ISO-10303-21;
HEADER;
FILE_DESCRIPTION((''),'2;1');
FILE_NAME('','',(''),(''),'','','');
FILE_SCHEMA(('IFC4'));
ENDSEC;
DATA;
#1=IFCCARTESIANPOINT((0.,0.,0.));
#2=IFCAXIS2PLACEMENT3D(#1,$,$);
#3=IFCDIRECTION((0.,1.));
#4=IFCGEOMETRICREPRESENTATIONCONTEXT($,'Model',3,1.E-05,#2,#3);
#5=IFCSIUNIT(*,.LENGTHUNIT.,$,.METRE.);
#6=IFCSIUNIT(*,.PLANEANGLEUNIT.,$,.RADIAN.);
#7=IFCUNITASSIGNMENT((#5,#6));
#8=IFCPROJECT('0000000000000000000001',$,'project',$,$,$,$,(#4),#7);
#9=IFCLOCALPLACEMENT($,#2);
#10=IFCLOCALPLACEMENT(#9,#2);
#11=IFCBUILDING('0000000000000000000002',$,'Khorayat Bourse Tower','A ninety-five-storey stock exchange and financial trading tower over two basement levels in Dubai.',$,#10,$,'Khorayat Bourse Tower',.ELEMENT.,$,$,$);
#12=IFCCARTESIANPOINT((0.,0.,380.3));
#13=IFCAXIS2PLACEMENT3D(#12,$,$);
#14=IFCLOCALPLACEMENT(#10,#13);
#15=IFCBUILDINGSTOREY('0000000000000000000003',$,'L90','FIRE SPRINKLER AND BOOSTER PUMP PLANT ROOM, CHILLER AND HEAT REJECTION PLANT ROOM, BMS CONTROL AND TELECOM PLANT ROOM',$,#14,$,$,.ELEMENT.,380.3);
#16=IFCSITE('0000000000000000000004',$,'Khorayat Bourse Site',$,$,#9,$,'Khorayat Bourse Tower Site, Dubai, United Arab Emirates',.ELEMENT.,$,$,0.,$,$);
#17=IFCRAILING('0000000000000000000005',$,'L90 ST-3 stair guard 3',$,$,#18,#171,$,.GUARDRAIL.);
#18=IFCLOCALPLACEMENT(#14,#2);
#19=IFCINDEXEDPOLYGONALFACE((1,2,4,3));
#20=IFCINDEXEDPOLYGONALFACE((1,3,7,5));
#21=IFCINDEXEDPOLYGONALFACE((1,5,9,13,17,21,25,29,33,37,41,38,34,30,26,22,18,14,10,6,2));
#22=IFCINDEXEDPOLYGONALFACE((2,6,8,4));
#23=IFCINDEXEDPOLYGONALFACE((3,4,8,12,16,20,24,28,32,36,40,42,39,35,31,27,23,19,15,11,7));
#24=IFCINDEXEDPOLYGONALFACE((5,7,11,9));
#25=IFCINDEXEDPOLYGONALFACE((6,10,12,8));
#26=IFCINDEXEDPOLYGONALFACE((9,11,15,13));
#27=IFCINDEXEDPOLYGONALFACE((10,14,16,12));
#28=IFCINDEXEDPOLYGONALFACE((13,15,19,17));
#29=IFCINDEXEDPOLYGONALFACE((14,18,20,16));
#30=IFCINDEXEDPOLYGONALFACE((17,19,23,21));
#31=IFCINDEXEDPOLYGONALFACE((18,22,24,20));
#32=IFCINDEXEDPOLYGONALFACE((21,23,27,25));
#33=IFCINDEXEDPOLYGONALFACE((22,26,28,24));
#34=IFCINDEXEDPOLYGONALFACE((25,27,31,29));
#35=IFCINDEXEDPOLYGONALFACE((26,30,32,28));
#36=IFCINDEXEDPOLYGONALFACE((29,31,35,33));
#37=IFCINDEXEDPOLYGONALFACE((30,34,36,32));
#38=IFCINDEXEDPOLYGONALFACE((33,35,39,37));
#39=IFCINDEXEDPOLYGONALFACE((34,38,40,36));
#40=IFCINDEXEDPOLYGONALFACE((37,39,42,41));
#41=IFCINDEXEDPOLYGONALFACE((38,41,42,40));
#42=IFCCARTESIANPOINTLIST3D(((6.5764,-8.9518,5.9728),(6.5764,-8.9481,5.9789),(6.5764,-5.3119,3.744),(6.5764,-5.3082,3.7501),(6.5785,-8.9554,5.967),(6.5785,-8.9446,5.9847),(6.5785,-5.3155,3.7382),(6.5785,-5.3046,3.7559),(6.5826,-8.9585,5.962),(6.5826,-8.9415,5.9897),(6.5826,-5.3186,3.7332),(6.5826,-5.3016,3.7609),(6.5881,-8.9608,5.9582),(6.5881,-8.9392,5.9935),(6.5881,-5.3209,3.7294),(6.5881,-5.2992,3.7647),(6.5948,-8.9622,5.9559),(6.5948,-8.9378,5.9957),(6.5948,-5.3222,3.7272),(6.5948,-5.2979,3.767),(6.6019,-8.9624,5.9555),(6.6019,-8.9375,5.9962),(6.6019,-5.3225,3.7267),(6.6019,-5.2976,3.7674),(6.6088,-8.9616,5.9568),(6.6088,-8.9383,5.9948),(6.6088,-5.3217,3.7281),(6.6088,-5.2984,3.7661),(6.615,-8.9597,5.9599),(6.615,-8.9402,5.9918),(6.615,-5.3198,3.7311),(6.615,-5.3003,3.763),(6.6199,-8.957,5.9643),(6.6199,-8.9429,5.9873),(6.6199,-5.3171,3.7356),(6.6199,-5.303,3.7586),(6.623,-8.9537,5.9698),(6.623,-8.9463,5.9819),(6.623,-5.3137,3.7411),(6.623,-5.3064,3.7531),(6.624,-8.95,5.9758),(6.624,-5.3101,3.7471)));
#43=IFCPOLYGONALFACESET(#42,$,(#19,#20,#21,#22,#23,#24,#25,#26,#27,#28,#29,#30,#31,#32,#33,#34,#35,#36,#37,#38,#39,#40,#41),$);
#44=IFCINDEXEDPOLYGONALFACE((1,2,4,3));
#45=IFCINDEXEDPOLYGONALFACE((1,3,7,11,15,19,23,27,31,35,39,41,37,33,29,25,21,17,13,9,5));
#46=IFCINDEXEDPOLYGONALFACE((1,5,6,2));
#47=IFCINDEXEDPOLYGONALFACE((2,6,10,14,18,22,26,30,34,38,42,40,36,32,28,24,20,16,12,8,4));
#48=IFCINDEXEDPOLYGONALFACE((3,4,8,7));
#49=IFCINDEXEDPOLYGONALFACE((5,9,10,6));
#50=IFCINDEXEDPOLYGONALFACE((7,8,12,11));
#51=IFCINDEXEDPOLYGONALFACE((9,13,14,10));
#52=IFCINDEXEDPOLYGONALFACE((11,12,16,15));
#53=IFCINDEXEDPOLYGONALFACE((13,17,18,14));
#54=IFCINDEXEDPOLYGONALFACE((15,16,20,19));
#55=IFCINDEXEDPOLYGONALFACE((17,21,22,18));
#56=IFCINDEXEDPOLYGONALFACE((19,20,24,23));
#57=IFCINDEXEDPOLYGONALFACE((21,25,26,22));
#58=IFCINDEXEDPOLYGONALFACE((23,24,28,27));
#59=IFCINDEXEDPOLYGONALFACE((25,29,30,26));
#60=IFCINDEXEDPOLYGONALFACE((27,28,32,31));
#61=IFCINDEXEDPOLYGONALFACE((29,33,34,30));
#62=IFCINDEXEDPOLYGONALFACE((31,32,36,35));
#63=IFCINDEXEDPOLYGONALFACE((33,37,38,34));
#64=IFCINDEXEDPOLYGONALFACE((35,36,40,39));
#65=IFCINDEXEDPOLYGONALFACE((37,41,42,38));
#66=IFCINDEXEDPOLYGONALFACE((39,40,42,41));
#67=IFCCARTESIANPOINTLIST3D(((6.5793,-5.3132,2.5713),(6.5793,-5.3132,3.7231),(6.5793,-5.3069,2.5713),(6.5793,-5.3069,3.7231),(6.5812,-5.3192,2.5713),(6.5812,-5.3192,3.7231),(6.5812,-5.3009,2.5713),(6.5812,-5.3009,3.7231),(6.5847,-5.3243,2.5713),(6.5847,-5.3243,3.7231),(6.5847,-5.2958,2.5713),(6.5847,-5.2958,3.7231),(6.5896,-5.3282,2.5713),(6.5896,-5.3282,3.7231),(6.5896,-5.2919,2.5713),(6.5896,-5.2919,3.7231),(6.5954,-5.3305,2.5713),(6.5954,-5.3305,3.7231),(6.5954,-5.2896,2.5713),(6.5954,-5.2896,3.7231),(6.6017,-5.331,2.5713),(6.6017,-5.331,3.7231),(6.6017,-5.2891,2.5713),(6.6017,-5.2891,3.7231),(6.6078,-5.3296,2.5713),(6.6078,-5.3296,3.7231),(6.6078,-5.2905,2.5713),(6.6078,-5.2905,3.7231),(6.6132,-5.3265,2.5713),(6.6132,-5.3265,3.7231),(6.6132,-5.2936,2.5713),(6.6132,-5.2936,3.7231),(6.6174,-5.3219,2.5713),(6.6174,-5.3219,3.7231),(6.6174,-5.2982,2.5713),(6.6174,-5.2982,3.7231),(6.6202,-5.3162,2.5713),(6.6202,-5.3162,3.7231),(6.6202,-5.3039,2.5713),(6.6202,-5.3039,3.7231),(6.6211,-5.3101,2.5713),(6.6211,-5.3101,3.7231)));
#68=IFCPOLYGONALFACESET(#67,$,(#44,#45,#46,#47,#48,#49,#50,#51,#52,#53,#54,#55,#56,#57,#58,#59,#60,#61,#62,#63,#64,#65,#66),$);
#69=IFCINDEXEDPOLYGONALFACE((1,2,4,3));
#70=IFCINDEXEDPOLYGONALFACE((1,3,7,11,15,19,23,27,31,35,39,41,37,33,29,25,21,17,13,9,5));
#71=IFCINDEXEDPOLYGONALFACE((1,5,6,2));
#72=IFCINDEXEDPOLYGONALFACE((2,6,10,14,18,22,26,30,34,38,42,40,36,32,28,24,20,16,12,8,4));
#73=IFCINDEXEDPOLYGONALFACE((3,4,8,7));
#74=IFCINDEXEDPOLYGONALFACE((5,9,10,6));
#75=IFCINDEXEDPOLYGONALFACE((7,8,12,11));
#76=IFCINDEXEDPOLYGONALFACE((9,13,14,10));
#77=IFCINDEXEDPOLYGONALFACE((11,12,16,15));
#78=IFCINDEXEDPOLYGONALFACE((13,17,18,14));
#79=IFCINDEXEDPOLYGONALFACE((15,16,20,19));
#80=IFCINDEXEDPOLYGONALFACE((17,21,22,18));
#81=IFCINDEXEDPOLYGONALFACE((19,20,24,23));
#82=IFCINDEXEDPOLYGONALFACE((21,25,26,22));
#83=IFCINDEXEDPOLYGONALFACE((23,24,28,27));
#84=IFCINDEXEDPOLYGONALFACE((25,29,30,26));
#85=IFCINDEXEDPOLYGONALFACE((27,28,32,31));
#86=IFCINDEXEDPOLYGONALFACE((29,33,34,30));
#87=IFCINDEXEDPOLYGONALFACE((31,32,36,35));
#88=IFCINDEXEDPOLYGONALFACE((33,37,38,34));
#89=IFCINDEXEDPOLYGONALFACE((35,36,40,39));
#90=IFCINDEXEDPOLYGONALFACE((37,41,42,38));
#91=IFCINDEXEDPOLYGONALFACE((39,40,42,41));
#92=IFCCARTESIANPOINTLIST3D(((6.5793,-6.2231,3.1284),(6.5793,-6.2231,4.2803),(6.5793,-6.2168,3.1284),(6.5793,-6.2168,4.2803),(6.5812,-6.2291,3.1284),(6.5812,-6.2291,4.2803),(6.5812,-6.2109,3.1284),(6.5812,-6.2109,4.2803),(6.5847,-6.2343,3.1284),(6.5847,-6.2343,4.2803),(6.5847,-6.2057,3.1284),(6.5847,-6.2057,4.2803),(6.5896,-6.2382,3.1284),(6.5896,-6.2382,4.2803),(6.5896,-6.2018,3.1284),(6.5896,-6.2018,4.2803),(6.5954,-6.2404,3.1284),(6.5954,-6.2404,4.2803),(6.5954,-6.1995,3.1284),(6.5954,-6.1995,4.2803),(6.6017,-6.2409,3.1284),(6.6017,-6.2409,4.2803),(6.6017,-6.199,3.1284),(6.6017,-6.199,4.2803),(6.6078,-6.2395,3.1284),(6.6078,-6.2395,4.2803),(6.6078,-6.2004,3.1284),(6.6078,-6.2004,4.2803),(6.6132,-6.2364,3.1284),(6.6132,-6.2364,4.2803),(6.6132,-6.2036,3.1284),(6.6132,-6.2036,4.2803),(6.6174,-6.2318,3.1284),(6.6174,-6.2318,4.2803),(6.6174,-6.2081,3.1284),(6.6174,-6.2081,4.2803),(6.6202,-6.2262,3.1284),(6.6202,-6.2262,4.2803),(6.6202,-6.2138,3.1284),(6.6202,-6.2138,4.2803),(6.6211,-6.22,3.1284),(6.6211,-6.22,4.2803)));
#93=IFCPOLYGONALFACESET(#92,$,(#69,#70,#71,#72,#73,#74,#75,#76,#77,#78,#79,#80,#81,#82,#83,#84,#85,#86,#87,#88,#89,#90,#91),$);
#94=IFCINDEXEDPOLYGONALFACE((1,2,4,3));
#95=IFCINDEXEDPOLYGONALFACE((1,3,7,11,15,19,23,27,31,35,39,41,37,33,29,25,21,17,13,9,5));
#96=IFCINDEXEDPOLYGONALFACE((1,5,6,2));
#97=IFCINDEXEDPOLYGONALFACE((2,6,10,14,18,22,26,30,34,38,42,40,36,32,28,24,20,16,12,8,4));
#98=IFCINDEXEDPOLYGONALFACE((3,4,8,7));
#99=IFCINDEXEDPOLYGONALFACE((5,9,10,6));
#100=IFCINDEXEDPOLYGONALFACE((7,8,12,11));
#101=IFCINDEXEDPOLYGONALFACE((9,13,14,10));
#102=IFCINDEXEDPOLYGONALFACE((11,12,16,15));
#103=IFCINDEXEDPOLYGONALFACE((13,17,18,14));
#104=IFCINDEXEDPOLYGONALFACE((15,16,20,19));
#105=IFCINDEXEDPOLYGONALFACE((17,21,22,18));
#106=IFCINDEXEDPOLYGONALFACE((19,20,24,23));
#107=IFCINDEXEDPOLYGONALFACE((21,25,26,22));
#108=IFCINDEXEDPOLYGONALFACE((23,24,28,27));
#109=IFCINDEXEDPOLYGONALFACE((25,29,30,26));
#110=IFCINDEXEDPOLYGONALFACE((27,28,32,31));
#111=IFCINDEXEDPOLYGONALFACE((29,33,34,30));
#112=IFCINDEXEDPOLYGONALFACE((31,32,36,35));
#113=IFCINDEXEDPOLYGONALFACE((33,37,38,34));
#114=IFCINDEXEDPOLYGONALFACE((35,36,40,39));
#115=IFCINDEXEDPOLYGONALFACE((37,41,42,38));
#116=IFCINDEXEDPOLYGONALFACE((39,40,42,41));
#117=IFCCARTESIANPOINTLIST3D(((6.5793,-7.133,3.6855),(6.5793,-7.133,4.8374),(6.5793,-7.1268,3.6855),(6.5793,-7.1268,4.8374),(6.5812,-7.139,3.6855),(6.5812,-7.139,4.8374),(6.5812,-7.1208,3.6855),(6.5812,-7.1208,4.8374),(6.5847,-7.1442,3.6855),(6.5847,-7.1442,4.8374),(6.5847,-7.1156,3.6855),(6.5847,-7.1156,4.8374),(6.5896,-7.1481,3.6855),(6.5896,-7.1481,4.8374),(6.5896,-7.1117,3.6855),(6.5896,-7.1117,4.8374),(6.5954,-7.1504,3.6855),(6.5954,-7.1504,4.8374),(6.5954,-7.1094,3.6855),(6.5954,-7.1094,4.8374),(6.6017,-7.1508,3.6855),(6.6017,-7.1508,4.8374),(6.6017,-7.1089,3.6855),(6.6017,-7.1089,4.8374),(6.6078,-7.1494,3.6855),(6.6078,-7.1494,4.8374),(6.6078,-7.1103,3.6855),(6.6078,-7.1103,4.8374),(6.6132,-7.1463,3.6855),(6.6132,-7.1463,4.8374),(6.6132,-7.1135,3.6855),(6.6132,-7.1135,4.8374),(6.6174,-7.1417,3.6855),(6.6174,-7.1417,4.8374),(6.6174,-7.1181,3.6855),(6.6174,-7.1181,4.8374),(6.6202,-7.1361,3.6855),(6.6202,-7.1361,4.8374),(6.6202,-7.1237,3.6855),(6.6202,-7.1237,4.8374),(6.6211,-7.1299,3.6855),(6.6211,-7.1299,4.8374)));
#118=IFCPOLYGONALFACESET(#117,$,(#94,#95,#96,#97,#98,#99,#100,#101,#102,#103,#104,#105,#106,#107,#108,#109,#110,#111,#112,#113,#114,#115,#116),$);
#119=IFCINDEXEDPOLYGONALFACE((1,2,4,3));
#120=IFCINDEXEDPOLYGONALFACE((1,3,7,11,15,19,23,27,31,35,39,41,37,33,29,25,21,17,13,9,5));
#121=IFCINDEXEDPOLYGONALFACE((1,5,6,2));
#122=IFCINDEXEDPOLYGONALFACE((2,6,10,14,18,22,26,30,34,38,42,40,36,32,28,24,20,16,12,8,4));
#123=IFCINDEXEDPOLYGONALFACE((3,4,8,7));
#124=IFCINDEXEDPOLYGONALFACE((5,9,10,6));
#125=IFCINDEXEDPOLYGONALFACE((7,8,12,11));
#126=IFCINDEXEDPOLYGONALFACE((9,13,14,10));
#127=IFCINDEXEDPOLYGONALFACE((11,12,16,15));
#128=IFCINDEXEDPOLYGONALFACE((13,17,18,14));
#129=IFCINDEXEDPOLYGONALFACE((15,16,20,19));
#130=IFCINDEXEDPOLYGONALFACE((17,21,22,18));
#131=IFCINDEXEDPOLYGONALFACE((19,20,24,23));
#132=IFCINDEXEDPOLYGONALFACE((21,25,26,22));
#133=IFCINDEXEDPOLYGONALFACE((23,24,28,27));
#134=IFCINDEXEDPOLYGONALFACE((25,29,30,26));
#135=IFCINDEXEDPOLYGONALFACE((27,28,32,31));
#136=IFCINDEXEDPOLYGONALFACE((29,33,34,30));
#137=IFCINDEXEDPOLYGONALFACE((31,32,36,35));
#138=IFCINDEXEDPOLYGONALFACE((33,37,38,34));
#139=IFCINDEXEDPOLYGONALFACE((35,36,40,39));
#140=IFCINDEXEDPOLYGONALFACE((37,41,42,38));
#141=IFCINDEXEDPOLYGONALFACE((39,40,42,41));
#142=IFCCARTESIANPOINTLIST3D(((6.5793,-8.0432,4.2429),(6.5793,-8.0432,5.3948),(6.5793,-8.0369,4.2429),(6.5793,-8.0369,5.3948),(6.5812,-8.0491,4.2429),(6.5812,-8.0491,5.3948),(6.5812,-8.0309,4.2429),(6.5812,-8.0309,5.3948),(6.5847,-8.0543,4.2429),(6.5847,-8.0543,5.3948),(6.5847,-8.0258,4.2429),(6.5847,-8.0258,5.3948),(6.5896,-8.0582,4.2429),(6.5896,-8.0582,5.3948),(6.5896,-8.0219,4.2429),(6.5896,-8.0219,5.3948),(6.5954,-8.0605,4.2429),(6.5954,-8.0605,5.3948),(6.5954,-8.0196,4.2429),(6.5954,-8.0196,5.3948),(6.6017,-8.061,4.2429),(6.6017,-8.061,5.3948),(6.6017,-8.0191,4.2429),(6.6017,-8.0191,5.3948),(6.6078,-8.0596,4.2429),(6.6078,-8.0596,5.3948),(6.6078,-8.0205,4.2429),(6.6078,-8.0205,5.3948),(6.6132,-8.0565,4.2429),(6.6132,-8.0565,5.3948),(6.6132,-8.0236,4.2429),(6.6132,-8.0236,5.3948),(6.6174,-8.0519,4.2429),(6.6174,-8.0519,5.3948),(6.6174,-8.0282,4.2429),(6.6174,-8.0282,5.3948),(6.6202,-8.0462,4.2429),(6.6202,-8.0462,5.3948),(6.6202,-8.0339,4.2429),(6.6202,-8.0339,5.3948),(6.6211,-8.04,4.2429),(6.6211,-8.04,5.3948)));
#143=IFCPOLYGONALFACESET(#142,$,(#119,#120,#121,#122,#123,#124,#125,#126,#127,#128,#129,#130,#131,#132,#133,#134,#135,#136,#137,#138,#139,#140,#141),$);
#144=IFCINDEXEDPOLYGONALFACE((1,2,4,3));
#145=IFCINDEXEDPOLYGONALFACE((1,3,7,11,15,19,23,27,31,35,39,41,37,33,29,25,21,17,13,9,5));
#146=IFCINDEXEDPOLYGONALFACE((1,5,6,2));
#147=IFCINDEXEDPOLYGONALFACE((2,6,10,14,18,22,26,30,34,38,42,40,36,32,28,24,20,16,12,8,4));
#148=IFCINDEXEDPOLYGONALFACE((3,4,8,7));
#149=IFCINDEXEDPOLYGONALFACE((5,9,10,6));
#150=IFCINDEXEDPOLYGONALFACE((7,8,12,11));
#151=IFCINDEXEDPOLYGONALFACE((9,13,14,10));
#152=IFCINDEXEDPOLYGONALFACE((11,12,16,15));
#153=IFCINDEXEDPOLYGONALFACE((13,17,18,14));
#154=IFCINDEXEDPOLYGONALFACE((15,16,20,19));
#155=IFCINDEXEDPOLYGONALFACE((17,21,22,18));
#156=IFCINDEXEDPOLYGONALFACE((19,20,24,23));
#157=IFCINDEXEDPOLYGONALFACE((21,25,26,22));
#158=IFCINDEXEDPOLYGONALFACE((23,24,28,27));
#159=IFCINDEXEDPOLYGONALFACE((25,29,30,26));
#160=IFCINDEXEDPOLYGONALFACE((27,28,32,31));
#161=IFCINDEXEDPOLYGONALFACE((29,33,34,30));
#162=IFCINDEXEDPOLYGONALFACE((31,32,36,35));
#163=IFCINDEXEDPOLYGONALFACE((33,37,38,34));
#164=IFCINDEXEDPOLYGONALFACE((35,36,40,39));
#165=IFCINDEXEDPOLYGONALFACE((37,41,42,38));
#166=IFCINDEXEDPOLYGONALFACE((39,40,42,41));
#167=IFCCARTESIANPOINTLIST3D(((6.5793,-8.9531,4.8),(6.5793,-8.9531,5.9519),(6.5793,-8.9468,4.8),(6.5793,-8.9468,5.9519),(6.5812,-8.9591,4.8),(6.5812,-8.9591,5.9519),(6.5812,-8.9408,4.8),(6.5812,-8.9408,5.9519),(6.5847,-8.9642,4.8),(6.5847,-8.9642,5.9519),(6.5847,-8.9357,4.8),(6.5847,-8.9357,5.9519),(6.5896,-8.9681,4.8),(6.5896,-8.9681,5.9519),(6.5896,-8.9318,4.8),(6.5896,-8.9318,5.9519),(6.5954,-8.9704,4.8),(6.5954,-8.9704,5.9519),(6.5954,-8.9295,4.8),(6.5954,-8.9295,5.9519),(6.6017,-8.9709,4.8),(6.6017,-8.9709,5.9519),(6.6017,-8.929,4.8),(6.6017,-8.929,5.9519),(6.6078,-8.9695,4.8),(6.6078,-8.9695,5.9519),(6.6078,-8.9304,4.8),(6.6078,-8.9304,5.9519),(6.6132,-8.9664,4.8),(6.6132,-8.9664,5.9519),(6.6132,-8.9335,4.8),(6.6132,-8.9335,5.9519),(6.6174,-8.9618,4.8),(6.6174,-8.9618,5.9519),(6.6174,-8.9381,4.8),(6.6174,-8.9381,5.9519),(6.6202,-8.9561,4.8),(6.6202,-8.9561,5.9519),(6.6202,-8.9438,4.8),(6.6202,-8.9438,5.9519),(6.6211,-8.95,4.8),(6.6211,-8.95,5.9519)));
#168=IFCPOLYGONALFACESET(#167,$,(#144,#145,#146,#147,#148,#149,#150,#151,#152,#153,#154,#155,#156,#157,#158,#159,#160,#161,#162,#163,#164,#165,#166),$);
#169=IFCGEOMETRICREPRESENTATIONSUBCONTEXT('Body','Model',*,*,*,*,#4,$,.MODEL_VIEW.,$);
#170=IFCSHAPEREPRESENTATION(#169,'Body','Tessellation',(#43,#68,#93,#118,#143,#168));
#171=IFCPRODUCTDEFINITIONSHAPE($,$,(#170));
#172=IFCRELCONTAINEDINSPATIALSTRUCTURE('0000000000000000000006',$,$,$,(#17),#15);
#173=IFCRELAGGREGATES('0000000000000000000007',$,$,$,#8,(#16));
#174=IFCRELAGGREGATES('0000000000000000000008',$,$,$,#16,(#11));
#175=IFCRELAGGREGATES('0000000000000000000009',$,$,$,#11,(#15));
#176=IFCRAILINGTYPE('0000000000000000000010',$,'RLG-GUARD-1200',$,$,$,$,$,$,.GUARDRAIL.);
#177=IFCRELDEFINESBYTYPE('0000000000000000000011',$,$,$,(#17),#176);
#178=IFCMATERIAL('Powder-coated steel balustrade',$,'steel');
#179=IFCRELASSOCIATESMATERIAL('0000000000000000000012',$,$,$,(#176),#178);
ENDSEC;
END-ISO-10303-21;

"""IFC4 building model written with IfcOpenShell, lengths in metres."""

from ifc_helpers import new_model, si_unit, direction, frame, origin, origin_2d, place, context, subcontext, project, spatial, circle, extrude, source, transform, mapped, material, type_object, element, save


model = new_model("IFC4")

# Units and contexts
model_context = context("Model", 3, precision=1e-05, world=origin(), true_north=direction((0.0, 1.0)))
body_context = subcontext(model_context, "Body", "Model", "MODEL_VIEW")
ifc_project = project(units=[si_unit("LENGTHUNIT", "METRE"), si_unit("PLANEANGLEUNIT", "RADIAN")], contexts=[model_context])

# Site, building, storey
site_placement = place(None, origin())
site = spatial("IfcSite", under=ifc_project, at=site_placement, Name="Khorayat Bourse Site", LongName="Khorayat Bourse Tower Site, Dubai, United Arab Emirates", CompositionType="ELEMENT", RefElevation=0.0)
building_placement = place(site_placement, origin())
building = spatial("IfcBuilding", under=site, at=building_placement, Name="Khorayat Bourse Tower", Description="A ninety-five-storey stock exchange and financial trading tower over two basement levels in Dubai.", LongName="Khorayat Bourse Tower", CompositionType="ELEMENT")
storey_placement = place(building_placement, frame((0.0, 0.0, 380.3)))
storey = spatial("IfcBuildingStorey", under=building, at=storey_placement, Name="L90", Description="FIRE SPRINKLER AND BOOSTER PUMP PLANT ROOM, CHILLER AND HEAT REJECTION PLANT ROOM, BMS CONTROL AND TELECOM PLANT ROOM", CompositionType="ELEMENT", Elevation=380.3)

# Railing
ifc_material_1 = material(Name="Powder-coated steel balustrade", Category="steel")
railing_type_1 = type_object("IfcRailingType", Name="RLG-GUARD-1200", PredefinedType="GUARDRAIL", material=ifc_material_1)
shared_shape_1 = source(origin(), body_context, "Body", "SweptSolid", [
    extrude(circle(Radius=0.0239, at=origin_2d()), frame((0.0, 0.0, 1.1758), z_axis=(0.0, -0.852825, 0.522197), x_axis=(1.0, 0.0, 0.0)), (0.0, 0.0, 1.0), 4.2681),
    extrude(circle(Radius=0.021, at=origin_2d()), origin(), (0.0, 0.0, 1.0), 1.1519),
    extrude(circle(Radius=0.021, at=origin_2d()), frame((0.0, -0.9099, 0.5571)), (0.0, 0.0, 1.0), 1.1519),
    extrude(circle(Radius=0.021, at=origin_2d()), frame((0.0, -1.8198, 1.1143)), (0.0, 0.0, 1.0), 1.1519),
    extrude(circle(Radius=0.021, at=origin_2d()), frame((0.0, -2.73, 1.6716)), (0.0, 0.0, 1.0), 1.1519),
    extrude(circle(Radius=0.021, at=origin_2d()), frame((0.0, -3.6399, 2.2288)), (0.0, 0.0, 1.0), 1.1519),
])
railing_1_placement = place(storey_placement, frame((6.6001, -5.3101, 2.5713)))
element("IfcRailing", 1, at=railing_1_placement, inside=storey, type_object=railing_type_1, Name="L90 ST-3 stair guard 3", PredefinedType="GUARDRAIL", context=body_context, shape_type="MappedRepresentation", body=[
    mapped(shared_shape_1, transform((0.0, 0.0, 0.0), scale=1.0)),
])

save(model, "model.ifc")
